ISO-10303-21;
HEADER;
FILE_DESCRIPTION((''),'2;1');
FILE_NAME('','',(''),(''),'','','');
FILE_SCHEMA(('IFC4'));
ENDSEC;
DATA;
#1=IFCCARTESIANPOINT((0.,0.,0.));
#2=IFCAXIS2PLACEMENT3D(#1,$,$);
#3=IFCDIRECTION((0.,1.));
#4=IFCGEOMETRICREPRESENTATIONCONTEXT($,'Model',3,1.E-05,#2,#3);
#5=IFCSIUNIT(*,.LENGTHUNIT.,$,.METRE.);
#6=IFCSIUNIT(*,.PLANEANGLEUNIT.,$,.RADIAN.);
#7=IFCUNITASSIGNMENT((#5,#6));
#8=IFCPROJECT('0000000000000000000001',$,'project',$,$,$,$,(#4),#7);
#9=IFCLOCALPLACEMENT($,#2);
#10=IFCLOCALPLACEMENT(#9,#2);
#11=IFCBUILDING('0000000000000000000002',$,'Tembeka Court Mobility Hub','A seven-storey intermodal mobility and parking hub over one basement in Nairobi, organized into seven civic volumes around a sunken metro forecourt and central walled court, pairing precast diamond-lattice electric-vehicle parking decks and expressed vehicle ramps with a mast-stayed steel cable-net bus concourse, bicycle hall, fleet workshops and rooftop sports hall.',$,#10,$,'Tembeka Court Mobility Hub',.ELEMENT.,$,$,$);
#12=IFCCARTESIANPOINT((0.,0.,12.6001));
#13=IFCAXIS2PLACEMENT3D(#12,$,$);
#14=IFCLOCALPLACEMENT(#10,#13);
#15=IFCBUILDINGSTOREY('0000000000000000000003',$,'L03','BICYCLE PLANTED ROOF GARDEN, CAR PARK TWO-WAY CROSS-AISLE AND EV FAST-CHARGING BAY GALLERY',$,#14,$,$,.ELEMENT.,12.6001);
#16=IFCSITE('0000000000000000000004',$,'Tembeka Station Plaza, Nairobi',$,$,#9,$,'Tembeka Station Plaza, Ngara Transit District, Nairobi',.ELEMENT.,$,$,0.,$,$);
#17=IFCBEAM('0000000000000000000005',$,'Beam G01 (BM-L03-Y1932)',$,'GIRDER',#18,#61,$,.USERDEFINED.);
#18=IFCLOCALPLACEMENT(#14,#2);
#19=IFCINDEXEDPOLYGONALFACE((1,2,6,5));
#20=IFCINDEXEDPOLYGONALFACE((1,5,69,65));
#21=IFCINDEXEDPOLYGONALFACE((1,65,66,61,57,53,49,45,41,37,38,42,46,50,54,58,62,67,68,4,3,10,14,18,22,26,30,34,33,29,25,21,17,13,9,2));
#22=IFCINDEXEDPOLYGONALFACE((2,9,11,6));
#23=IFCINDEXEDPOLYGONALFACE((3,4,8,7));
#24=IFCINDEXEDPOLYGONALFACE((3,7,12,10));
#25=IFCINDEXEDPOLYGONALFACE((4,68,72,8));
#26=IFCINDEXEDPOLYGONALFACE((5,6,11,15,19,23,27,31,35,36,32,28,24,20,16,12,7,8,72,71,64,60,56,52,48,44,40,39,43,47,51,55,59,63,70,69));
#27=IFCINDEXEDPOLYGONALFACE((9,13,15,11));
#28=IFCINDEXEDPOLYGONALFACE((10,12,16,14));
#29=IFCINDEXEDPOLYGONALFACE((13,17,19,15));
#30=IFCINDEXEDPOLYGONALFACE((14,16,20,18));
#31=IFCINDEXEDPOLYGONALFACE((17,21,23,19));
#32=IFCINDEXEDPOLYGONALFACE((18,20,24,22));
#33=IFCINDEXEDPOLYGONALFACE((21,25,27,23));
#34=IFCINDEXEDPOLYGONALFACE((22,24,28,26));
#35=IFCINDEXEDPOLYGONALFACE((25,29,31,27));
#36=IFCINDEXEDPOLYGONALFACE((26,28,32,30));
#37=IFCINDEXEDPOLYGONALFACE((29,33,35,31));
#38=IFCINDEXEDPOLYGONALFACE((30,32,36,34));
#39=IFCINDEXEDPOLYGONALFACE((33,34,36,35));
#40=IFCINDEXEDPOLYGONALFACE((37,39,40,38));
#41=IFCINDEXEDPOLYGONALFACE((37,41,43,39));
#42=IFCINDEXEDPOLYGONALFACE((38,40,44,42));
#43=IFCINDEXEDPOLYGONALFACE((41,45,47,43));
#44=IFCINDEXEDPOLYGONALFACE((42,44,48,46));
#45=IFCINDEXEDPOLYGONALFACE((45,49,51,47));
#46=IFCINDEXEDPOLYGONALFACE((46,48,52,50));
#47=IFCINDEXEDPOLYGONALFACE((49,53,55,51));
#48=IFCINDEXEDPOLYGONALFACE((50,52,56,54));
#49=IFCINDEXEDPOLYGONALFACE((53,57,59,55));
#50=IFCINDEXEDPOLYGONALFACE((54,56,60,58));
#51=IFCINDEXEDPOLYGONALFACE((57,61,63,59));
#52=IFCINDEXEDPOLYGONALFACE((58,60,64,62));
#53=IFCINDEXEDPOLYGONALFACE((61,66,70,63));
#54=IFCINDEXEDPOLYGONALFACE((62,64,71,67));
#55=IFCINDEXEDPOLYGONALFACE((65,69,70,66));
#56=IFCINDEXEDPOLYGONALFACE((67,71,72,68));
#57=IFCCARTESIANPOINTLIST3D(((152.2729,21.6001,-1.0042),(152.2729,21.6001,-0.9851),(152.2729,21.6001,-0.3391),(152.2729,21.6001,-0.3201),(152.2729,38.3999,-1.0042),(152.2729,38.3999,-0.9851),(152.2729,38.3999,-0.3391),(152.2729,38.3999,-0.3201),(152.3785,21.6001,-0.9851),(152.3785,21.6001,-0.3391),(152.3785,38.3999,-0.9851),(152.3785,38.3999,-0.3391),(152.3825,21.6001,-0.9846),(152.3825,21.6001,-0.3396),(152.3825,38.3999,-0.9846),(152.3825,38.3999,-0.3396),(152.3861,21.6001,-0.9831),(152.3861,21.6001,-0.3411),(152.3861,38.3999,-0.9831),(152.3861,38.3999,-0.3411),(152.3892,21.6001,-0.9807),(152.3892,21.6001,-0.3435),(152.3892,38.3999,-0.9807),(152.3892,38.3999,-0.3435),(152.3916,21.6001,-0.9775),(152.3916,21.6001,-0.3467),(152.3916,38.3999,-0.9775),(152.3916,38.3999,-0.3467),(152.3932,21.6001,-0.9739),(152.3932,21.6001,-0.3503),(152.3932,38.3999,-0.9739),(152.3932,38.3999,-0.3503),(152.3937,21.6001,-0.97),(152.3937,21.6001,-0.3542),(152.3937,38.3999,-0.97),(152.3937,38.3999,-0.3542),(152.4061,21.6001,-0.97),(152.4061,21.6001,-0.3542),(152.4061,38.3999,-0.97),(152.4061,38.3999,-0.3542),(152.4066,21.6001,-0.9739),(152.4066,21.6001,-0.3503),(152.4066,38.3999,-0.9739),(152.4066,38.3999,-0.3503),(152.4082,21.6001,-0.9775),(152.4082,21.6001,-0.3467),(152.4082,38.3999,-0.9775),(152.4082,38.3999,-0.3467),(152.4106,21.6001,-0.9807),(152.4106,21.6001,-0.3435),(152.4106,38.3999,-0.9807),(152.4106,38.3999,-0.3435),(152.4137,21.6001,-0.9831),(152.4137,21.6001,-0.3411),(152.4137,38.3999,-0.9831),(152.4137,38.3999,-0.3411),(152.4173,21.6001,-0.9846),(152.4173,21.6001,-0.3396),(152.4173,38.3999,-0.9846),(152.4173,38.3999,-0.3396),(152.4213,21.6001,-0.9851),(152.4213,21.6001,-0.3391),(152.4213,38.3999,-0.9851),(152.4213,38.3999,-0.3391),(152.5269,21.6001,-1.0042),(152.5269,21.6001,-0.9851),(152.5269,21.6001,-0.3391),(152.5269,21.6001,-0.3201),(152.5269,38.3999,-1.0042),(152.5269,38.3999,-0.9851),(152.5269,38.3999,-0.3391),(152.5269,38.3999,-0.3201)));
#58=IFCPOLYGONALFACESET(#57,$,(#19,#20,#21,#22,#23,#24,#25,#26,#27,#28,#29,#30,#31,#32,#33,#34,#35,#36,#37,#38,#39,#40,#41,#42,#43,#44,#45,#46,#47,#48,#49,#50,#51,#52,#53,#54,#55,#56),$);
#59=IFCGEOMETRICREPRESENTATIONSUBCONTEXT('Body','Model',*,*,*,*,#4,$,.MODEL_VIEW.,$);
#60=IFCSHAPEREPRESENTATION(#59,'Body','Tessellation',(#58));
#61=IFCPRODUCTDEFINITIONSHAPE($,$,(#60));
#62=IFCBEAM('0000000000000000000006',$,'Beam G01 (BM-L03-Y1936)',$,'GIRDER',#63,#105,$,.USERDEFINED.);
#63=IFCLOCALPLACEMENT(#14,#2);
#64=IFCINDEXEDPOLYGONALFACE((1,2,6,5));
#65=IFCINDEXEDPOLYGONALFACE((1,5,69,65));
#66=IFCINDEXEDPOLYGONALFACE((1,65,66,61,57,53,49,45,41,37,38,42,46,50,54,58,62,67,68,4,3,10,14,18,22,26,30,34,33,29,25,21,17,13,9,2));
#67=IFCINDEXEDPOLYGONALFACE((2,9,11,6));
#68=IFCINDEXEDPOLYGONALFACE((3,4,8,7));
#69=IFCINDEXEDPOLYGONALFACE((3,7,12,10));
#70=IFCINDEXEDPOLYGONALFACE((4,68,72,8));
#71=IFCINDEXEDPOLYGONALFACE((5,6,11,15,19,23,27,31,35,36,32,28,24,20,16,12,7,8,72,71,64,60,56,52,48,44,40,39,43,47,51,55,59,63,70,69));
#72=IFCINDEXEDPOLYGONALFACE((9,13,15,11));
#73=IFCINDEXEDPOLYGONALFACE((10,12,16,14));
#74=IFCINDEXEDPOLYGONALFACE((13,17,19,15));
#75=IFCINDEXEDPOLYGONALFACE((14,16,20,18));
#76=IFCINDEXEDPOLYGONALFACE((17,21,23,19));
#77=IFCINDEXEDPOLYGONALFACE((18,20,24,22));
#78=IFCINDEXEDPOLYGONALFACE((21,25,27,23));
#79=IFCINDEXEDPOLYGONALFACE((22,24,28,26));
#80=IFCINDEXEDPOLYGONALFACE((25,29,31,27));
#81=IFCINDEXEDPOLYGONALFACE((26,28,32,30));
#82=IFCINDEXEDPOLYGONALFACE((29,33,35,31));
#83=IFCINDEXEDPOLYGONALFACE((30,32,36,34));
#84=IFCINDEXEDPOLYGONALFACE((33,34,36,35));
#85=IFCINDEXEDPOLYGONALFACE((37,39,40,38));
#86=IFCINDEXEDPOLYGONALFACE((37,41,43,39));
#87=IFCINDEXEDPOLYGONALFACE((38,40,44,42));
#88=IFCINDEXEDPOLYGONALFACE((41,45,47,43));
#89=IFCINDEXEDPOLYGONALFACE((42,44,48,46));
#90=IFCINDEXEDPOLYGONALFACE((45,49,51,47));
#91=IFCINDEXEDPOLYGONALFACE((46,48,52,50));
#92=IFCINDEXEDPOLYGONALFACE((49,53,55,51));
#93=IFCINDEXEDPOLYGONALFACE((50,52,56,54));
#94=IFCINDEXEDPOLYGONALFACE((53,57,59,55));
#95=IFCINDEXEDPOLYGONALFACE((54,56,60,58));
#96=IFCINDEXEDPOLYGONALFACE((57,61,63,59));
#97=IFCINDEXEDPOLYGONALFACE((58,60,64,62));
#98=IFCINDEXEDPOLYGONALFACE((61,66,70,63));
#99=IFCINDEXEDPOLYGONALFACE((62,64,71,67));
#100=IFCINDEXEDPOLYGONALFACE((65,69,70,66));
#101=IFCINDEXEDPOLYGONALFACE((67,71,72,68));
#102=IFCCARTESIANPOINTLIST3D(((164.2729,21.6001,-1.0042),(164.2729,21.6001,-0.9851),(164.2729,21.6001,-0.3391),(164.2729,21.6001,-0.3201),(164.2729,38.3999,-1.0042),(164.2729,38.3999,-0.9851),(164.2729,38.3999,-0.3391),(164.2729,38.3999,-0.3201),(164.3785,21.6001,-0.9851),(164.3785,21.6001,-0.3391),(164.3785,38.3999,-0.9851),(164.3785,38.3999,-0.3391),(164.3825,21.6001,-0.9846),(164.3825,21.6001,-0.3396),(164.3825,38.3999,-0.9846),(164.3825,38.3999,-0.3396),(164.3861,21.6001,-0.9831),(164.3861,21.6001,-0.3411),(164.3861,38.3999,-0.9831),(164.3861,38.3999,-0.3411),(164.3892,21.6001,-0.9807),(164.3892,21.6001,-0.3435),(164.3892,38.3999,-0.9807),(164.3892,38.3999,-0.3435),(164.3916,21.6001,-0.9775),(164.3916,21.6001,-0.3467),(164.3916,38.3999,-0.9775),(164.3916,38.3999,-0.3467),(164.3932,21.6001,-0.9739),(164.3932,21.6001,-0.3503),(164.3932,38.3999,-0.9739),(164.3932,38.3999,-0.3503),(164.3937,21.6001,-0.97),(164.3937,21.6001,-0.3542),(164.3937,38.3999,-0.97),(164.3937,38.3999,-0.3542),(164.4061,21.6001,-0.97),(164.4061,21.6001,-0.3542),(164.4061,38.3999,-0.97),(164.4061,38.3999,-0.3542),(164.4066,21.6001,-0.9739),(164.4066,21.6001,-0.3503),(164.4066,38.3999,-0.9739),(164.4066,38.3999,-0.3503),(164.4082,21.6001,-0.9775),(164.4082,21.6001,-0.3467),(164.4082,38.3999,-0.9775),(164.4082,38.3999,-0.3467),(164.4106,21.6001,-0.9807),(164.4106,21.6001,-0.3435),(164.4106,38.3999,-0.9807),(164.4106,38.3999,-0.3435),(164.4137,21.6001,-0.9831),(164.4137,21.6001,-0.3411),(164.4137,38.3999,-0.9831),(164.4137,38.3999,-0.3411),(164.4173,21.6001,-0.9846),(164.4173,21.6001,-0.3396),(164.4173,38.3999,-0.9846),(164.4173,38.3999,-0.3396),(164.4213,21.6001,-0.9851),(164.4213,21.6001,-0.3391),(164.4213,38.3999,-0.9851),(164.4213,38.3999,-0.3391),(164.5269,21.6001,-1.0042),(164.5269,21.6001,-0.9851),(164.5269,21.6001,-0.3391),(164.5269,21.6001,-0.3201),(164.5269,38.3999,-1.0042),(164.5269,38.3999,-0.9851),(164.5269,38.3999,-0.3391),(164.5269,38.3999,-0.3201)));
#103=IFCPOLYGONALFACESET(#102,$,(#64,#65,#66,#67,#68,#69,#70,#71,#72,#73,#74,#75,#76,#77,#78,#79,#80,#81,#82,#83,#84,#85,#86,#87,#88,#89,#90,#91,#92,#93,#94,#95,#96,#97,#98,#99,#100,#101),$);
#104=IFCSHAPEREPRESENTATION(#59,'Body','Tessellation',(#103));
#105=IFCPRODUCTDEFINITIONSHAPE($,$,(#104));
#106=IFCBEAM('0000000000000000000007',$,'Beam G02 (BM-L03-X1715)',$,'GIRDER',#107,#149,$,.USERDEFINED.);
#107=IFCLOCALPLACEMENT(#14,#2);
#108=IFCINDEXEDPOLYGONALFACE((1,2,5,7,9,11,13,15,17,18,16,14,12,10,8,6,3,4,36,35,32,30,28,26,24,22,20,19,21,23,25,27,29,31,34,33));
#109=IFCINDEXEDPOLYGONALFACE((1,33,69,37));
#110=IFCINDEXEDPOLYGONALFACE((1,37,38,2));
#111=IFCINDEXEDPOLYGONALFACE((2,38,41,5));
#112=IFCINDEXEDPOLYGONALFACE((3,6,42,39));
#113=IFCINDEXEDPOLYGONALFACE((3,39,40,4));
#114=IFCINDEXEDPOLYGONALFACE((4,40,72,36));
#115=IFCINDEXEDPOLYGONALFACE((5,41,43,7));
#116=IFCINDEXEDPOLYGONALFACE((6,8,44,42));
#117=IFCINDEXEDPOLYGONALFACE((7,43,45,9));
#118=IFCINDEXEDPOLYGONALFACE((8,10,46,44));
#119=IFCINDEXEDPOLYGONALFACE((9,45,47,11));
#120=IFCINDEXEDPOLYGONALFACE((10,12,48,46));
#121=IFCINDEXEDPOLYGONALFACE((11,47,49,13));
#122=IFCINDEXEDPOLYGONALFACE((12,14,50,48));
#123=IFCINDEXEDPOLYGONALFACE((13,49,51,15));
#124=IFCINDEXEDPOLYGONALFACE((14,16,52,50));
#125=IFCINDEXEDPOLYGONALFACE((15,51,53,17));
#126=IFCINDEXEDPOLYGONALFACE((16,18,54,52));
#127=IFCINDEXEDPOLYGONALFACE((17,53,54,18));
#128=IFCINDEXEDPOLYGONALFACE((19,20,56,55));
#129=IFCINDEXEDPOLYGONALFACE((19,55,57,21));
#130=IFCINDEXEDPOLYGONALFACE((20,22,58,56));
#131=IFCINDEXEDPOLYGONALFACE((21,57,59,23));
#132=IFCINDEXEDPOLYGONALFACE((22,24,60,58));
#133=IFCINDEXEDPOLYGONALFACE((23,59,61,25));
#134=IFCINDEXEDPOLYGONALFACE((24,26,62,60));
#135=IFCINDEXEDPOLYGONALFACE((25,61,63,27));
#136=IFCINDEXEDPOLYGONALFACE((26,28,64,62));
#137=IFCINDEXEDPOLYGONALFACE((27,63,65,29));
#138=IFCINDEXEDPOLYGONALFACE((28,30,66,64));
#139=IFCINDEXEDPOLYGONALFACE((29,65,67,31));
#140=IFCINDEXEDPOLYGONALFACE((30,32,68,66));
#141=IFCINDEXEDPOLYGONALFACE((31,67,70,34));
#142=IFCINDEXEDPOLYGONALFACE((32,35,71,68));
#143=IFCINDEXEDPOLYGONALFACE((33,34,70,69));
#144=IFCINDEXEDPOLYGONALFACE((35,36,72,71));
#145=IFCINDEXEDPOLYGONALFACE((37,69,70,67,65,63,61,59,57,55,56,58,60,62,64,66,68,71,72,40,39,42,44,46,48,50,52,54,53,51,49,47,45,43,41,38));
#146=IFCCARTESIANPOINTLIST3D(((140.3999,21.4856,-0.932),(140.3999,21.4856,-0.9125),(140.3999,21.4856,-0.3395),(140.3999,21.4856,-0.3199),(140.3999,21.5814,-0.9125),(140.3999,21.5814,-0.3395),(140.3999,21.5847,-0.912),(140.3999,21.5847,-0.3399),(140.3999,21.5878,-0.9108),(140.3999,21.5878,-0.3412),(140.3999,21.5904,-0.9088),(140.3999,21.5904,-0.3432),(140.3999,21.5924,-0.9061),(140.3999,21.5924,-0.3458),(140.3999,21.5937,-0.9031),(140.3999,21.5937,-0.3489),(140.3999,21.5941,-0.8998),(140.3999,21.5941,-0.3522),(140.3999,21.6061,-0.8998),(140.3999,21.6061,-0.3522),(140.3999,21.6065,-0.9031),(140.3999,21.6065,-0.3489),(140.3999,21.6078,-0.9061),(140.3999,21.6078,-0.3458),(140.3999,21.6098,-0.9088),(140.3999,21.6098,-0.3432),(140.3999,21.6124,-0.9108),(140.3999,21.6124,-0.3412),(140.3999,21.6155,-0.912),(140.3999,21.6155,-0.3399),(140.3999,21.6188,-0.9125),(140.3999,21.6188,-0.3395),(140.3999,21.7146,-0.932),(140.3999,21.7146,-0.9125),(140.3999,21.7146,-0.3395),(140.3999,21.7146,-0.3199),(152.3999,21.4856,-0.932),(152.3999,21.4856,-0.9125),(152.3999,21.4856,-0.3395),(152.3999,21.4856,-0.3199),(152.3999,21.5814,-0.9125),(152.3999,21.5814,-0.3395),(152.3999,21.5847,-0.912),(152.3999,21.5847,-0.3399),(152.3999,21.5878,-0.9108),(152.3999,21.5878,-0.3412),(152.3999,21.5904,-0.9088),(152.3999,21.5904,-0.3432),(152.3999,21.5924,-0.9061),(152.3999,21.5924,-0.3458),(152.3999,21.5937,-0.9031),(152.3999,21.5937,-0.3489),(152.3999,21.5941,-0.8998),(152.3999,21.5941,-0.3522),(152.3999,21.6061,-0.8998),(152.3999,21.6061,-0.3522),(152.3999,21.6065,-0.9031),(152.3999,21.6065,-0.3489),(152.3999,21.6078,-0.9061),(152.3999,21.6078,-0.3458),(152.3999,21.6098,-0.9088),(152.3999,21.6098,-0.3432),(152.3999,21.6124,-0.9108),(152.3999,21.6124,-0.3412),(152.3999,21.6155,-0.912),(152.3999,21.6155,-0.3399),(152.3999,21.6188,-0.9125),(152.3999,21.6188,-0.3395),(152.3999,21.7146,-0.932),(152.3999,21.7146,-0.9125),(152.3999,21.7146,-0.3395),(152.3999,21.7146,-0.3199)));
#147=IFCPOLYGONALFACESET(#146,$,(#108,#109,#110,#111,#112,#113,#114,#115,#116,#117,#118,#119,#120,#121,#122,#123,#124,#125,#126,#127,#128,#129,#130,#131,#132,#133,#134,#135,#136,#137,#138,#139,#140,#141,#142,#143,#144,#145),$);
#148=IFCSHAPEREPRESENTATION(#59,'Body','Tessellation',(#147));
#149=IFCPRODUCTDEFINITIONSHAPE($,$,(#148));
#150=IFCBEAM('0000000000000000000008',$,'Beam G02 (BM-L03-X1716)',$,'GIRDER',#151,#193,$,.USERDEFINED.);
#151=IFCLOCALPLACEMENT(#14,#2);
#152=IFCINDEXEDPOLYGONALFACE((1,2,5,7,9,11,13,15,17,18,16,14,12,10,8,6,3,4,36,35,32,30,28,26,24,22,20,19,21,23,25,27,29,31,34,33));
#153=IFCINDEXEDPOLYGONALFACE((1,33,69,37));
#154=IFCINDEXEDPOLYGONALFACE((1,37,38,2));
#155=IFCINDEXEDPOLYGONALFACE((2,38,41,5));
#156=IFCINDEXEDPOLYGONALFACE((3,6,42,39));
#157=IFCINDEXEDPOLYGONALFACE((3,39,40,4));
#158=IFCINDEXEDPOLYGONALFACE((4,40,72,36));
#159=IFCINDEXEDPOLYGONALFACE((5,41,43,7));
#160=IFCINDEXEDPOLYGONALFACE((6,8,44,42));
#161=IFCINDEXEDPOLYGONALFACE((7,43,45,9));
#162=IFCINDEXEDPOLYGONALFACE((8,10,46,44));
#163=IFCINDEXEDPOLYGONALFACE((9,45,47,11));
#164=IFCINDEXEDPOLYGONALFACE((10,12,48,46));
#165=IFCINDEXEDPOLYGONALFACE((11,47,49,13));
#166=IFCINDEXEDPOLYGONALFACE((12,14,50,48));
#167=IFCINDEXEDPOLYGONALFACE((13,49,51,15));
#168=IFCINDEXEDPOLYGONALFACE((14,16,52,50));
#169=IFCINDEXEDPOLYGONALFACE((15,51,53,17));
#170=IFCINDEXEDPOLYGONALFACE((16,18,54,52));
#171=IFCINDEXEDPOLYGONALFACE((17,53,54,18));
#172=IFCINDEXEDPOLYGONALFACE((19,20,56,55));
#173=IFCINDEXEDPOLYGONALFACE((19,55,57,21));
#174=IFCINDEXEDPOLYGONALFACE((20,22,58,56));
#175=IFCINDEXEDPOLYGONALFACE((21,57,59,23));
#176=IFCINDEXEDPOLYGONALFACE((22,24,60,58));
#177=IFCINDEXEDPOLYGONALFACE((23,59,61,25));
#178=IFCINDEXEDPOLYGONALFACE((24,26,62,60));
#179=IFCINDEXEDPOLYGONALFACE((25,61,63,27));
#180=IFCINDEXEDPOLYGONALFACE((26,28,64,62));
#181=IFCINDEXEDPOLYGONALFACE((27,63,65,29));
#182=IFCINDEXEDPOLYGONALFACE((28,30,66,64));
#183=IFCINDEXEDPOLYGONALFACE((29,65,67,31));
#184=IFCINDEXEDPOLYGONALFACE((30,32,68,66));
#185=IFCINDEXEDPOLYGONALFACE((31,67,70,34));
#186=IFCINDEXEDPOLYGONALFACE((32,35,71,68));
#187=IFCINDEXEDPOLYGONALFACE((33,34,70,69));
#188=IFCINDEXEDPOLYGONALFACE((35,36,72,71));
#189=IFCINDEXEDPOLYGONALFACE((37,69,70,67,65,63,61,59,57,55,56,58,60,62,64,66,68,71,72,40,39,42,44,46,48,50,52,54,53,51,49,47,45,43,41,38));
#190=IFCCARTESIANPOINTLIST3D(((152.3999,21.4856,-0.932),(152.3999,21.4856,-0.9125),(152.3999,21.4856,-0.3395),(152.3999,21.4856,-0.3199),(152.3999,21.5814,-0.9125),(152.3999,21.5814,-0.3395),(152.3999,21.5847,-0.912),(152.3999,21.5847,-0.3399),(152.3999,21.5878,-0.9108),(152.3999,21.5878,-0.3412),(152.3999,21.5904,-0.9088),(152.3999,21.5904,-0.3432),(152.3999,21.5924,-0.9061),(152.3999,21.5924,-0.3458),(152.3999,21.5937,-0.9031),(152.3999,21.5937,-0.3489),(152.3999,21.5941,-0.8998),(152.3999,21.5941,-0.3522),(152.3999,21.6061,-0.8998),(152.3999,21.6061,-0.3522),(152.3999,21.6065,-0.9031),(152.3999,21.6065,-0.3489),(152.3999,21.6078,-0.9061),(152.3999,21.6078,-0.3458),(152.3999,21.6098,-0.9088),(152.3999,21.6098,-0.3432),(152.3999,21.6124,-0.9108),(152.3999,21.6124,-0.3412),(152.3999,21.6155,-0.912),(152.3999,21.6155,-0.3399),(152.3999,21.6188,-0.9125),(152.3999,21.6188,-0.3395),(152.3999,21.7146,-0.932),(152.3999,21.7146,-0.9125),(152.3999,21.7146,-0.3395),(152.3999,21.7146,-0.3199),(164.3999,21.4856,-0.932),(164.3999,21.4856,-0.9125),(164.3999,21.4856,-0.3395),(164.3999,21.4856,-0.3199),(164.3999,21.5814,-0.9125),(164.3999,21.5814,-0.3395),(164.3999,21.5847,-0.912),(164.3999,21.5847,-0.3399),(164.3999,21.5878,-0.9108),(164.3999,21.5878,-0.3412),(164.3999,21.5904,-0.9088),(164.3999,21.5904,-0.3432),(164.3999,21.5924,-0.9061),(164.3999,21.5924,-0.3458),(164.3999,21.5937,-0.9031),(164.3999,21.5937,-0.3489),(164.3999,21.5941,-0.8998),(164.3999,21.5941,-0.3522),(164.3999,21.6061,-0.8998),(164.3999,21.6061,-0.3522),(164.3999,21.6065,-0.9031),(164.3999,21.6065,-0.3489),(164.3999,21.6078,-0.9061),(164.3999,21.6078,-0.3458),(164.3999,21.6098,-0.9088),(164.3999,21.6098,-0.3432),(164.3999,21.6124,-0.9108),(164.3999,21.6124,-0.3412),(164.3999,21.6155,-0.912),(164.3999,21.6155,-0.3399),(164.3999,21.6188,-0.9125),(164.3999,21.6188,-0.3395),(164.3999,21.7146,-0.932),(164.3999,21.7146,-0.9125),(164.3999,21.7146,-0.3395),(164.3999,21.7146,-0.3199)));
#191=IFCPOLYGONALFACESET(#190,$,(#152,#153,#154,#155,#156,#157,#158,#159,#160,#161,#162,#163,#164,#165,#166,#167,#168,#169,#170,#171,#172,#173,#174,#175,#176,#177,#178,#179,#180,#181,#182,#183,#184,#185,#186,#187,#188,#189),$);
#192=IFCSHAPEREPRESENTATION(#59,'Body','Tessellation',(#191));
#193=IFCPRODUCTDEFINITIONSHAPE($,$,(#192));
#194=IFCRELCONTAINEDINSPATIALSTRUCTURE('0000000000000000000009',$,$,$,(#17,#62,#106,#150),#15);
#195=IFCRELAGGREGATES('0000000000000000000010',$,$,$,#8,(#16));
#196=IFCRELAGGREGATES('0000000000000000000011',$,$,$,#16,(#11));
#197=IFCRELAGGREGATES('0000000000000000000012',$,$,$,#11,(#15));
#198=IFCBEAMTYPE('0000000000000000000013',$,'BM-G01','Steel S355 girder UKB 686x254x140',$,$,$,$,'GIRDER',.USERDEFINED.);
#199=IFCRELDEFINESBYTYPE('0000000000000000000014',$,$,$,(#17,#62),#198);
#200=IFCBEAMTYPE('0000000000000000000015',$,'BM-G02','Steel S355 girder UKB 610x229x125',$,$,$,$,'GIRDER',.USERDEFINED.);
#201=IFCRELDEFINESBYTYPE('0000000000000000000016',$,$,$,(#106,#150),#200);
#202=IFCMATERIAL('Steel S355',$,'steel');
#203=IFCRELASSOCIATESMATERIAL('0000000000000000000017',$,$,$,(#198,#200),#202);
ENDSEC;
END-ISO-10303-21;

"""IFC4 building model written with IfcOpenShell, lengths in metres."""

from ifc_helpers import new_model, si_unit, direction, frame, origin, origin_2d, place, context, subcontext, project, spatial, i_section, extrude, material, material_profile, profile_set, type_object, element, save


model = new_model("IFC4")

# Units and contexts
model_context = context("Model", 3, precision=1e-05, world=origin(), true_north=direction((0.0, 1.0)))
body_context = subcontext(model_context, "Body", "Model", "MODEL_VIEW")
ifc_project = project(units=[si_unit("LENGTHUNIT", "METRE"), si_unit("PLANEANGLEUNIT", "RADIAN")], contexts=[model_context])

# Site, building, storey
site_placement = place(None, origin())
site = spatial("IfcSite", under=ifc_project, at=site_placement, Name="Tembeka Station Plaza, Nairobi", LongName="Tembeka Station Plaza, Ngara Transit District, Nairobi", CompositionType="ELEMENT", RefElevation=0.0)
building_placement = place(site_placement, origin())
building = spatial("IfcBuilding", under=site, at=building_placement, Name="Tembeka Court Mobility Hub", Description="A seven-storey intermodal mobility and parking hub over one basement in Nairobi, organized into seven civic volumes around a sunken metro forecourt and central walled court, pairing precast diamond-lattice electric-vehicle parking decks and expressed vehicle ramps with a mast-stayed steel cable-net bus concourse, bicycle hall, fleet workshops and rooftop sports hall.", LongName="Tembeka Court Mobility Hub", CompositionType="ELEMENT")
storey_placement = place(building_placement, frame((0.0, 0.0, 12.6001)))
storey = spatial("IfcBuildingStorey", under=building, at=storey_placement, Name="L03", Description="BICYCLE PLANTED ROOF GARDEN, CAR PARK TWO-WAY CROSS-AISLE AND EV FAST-CHARGING BAY GALLERY", CompositionType="ELEMENT", Elevation=12.6001)

# Shared definitions
ifc_material_1 = material(Name="Steel S355", Category="steel")

# Beams
ifc_material_profile_1 = material_profile(ifc_material_1, i_section(OverallWidth=0.2539, OverallDepth=0.6841, WebThickness=0.0125, FlangeThickness=0.019, FilletRadius=0.0151, at=origin_2d()), Name="UKB 686x254x140")
ifc_profile_set_1 = profile_set([ifc_material_profile_1], Name="Steel S355")
beam_type_1 = type_object("IfcBeamType", Name="BM-G01", Description="Steel S355 girder UKB 686x254x140", ElementType="GIRDER", PredefinedType="USERDEFINED", material=ifc_profile_set_1)
for number, where, z_axis, x_axis, name in (
    (1, (152.3999, 21.6001, -0.6621), (0.0, 1.0, 0.0), (-1.0, 0.0, 0.0), "Beam G01 (BM-L03-Y1932)"),
    (2, (164.3999, 21.6001, -0.6621), (0.0, 1.0, 0.0), (-1.0, 0.0, 0.0), "Beam G01 (BM-L03-Y1936)"),
):
    element("IfcBeam", number, at=place(storey_placement, frame(where, z_axis=z_axis, x_axis=x_axis)), inside=storey, type_object=beam_type_1, Name=name, ObjectType="GIRDER", PredefinedType="USERDEFINED", context=body_context, shape_type="SweptSolid", body=[
        extrude(i_section(OverallWidth=0.2539, OverallDepth=0.6841, WebThickness=0.0125, FlangeThickness=0.019, FilletRadius=0.0151, at=origin_2d()), origin(), (0.0, 0.0, 1.0), 16.7998),
    ])
ifc_material_profile_2 = material_profile(ifc_material_1, i_section(OverallWidth=0.229, OverallDepth=0.6121, WebThickness=0.012, FlangeThickness=0.0195, FilletRadius=0.0127, at=origin_2d()), Name="UKB 610x229x125")
ifc_profile_set_2 = profile_set([ifc_material_profile_2], Name="Steel S355")
beam_type_2 = type_object("IfcBeamType", Name="BM-G02", Description="Steel S355 girder UKB 610x229x125", ElementType="GIRDER", PredefinedType="USERDEFINED", material=ifc_profile_set_2)
for number, where, z_axis, x_axis, name in (
    (3, (140.3999, 21.6001, -0.626), (1.0, 0.0, 0.0), (0.0, 1.0, 0.0), "Beam G02 (BM-L03-X1715)"),
    (4, (152.3999, 21.6001, -0.626), (1.0, 0.0, 0.0), (0.0, 1.0, 0.0), "Beam G02 (BM-L03-X1716)"),
):
    element("IfcBeam", number, at=place(storey_placement, frame(where, z_axis=z_axis, x_axis=x_axis)), inside=storey, type_object=beam_type_2, Name=name, ObjectType="GIRDER", PredefinedType="USERDEFINED", context=body_context, shape_type="SweptSolid", body=[
        extrude(i_section(OverallWidth=0.229, OverallDepth=0.6121, WebThickness=0.012, FlangeThickness=0.0195, FilletRadius=0.0127, at=origin_2d()), origin(), (0.0, 0.0, 1.0), 12.0),
    ])

save(model, "model.ifc")
